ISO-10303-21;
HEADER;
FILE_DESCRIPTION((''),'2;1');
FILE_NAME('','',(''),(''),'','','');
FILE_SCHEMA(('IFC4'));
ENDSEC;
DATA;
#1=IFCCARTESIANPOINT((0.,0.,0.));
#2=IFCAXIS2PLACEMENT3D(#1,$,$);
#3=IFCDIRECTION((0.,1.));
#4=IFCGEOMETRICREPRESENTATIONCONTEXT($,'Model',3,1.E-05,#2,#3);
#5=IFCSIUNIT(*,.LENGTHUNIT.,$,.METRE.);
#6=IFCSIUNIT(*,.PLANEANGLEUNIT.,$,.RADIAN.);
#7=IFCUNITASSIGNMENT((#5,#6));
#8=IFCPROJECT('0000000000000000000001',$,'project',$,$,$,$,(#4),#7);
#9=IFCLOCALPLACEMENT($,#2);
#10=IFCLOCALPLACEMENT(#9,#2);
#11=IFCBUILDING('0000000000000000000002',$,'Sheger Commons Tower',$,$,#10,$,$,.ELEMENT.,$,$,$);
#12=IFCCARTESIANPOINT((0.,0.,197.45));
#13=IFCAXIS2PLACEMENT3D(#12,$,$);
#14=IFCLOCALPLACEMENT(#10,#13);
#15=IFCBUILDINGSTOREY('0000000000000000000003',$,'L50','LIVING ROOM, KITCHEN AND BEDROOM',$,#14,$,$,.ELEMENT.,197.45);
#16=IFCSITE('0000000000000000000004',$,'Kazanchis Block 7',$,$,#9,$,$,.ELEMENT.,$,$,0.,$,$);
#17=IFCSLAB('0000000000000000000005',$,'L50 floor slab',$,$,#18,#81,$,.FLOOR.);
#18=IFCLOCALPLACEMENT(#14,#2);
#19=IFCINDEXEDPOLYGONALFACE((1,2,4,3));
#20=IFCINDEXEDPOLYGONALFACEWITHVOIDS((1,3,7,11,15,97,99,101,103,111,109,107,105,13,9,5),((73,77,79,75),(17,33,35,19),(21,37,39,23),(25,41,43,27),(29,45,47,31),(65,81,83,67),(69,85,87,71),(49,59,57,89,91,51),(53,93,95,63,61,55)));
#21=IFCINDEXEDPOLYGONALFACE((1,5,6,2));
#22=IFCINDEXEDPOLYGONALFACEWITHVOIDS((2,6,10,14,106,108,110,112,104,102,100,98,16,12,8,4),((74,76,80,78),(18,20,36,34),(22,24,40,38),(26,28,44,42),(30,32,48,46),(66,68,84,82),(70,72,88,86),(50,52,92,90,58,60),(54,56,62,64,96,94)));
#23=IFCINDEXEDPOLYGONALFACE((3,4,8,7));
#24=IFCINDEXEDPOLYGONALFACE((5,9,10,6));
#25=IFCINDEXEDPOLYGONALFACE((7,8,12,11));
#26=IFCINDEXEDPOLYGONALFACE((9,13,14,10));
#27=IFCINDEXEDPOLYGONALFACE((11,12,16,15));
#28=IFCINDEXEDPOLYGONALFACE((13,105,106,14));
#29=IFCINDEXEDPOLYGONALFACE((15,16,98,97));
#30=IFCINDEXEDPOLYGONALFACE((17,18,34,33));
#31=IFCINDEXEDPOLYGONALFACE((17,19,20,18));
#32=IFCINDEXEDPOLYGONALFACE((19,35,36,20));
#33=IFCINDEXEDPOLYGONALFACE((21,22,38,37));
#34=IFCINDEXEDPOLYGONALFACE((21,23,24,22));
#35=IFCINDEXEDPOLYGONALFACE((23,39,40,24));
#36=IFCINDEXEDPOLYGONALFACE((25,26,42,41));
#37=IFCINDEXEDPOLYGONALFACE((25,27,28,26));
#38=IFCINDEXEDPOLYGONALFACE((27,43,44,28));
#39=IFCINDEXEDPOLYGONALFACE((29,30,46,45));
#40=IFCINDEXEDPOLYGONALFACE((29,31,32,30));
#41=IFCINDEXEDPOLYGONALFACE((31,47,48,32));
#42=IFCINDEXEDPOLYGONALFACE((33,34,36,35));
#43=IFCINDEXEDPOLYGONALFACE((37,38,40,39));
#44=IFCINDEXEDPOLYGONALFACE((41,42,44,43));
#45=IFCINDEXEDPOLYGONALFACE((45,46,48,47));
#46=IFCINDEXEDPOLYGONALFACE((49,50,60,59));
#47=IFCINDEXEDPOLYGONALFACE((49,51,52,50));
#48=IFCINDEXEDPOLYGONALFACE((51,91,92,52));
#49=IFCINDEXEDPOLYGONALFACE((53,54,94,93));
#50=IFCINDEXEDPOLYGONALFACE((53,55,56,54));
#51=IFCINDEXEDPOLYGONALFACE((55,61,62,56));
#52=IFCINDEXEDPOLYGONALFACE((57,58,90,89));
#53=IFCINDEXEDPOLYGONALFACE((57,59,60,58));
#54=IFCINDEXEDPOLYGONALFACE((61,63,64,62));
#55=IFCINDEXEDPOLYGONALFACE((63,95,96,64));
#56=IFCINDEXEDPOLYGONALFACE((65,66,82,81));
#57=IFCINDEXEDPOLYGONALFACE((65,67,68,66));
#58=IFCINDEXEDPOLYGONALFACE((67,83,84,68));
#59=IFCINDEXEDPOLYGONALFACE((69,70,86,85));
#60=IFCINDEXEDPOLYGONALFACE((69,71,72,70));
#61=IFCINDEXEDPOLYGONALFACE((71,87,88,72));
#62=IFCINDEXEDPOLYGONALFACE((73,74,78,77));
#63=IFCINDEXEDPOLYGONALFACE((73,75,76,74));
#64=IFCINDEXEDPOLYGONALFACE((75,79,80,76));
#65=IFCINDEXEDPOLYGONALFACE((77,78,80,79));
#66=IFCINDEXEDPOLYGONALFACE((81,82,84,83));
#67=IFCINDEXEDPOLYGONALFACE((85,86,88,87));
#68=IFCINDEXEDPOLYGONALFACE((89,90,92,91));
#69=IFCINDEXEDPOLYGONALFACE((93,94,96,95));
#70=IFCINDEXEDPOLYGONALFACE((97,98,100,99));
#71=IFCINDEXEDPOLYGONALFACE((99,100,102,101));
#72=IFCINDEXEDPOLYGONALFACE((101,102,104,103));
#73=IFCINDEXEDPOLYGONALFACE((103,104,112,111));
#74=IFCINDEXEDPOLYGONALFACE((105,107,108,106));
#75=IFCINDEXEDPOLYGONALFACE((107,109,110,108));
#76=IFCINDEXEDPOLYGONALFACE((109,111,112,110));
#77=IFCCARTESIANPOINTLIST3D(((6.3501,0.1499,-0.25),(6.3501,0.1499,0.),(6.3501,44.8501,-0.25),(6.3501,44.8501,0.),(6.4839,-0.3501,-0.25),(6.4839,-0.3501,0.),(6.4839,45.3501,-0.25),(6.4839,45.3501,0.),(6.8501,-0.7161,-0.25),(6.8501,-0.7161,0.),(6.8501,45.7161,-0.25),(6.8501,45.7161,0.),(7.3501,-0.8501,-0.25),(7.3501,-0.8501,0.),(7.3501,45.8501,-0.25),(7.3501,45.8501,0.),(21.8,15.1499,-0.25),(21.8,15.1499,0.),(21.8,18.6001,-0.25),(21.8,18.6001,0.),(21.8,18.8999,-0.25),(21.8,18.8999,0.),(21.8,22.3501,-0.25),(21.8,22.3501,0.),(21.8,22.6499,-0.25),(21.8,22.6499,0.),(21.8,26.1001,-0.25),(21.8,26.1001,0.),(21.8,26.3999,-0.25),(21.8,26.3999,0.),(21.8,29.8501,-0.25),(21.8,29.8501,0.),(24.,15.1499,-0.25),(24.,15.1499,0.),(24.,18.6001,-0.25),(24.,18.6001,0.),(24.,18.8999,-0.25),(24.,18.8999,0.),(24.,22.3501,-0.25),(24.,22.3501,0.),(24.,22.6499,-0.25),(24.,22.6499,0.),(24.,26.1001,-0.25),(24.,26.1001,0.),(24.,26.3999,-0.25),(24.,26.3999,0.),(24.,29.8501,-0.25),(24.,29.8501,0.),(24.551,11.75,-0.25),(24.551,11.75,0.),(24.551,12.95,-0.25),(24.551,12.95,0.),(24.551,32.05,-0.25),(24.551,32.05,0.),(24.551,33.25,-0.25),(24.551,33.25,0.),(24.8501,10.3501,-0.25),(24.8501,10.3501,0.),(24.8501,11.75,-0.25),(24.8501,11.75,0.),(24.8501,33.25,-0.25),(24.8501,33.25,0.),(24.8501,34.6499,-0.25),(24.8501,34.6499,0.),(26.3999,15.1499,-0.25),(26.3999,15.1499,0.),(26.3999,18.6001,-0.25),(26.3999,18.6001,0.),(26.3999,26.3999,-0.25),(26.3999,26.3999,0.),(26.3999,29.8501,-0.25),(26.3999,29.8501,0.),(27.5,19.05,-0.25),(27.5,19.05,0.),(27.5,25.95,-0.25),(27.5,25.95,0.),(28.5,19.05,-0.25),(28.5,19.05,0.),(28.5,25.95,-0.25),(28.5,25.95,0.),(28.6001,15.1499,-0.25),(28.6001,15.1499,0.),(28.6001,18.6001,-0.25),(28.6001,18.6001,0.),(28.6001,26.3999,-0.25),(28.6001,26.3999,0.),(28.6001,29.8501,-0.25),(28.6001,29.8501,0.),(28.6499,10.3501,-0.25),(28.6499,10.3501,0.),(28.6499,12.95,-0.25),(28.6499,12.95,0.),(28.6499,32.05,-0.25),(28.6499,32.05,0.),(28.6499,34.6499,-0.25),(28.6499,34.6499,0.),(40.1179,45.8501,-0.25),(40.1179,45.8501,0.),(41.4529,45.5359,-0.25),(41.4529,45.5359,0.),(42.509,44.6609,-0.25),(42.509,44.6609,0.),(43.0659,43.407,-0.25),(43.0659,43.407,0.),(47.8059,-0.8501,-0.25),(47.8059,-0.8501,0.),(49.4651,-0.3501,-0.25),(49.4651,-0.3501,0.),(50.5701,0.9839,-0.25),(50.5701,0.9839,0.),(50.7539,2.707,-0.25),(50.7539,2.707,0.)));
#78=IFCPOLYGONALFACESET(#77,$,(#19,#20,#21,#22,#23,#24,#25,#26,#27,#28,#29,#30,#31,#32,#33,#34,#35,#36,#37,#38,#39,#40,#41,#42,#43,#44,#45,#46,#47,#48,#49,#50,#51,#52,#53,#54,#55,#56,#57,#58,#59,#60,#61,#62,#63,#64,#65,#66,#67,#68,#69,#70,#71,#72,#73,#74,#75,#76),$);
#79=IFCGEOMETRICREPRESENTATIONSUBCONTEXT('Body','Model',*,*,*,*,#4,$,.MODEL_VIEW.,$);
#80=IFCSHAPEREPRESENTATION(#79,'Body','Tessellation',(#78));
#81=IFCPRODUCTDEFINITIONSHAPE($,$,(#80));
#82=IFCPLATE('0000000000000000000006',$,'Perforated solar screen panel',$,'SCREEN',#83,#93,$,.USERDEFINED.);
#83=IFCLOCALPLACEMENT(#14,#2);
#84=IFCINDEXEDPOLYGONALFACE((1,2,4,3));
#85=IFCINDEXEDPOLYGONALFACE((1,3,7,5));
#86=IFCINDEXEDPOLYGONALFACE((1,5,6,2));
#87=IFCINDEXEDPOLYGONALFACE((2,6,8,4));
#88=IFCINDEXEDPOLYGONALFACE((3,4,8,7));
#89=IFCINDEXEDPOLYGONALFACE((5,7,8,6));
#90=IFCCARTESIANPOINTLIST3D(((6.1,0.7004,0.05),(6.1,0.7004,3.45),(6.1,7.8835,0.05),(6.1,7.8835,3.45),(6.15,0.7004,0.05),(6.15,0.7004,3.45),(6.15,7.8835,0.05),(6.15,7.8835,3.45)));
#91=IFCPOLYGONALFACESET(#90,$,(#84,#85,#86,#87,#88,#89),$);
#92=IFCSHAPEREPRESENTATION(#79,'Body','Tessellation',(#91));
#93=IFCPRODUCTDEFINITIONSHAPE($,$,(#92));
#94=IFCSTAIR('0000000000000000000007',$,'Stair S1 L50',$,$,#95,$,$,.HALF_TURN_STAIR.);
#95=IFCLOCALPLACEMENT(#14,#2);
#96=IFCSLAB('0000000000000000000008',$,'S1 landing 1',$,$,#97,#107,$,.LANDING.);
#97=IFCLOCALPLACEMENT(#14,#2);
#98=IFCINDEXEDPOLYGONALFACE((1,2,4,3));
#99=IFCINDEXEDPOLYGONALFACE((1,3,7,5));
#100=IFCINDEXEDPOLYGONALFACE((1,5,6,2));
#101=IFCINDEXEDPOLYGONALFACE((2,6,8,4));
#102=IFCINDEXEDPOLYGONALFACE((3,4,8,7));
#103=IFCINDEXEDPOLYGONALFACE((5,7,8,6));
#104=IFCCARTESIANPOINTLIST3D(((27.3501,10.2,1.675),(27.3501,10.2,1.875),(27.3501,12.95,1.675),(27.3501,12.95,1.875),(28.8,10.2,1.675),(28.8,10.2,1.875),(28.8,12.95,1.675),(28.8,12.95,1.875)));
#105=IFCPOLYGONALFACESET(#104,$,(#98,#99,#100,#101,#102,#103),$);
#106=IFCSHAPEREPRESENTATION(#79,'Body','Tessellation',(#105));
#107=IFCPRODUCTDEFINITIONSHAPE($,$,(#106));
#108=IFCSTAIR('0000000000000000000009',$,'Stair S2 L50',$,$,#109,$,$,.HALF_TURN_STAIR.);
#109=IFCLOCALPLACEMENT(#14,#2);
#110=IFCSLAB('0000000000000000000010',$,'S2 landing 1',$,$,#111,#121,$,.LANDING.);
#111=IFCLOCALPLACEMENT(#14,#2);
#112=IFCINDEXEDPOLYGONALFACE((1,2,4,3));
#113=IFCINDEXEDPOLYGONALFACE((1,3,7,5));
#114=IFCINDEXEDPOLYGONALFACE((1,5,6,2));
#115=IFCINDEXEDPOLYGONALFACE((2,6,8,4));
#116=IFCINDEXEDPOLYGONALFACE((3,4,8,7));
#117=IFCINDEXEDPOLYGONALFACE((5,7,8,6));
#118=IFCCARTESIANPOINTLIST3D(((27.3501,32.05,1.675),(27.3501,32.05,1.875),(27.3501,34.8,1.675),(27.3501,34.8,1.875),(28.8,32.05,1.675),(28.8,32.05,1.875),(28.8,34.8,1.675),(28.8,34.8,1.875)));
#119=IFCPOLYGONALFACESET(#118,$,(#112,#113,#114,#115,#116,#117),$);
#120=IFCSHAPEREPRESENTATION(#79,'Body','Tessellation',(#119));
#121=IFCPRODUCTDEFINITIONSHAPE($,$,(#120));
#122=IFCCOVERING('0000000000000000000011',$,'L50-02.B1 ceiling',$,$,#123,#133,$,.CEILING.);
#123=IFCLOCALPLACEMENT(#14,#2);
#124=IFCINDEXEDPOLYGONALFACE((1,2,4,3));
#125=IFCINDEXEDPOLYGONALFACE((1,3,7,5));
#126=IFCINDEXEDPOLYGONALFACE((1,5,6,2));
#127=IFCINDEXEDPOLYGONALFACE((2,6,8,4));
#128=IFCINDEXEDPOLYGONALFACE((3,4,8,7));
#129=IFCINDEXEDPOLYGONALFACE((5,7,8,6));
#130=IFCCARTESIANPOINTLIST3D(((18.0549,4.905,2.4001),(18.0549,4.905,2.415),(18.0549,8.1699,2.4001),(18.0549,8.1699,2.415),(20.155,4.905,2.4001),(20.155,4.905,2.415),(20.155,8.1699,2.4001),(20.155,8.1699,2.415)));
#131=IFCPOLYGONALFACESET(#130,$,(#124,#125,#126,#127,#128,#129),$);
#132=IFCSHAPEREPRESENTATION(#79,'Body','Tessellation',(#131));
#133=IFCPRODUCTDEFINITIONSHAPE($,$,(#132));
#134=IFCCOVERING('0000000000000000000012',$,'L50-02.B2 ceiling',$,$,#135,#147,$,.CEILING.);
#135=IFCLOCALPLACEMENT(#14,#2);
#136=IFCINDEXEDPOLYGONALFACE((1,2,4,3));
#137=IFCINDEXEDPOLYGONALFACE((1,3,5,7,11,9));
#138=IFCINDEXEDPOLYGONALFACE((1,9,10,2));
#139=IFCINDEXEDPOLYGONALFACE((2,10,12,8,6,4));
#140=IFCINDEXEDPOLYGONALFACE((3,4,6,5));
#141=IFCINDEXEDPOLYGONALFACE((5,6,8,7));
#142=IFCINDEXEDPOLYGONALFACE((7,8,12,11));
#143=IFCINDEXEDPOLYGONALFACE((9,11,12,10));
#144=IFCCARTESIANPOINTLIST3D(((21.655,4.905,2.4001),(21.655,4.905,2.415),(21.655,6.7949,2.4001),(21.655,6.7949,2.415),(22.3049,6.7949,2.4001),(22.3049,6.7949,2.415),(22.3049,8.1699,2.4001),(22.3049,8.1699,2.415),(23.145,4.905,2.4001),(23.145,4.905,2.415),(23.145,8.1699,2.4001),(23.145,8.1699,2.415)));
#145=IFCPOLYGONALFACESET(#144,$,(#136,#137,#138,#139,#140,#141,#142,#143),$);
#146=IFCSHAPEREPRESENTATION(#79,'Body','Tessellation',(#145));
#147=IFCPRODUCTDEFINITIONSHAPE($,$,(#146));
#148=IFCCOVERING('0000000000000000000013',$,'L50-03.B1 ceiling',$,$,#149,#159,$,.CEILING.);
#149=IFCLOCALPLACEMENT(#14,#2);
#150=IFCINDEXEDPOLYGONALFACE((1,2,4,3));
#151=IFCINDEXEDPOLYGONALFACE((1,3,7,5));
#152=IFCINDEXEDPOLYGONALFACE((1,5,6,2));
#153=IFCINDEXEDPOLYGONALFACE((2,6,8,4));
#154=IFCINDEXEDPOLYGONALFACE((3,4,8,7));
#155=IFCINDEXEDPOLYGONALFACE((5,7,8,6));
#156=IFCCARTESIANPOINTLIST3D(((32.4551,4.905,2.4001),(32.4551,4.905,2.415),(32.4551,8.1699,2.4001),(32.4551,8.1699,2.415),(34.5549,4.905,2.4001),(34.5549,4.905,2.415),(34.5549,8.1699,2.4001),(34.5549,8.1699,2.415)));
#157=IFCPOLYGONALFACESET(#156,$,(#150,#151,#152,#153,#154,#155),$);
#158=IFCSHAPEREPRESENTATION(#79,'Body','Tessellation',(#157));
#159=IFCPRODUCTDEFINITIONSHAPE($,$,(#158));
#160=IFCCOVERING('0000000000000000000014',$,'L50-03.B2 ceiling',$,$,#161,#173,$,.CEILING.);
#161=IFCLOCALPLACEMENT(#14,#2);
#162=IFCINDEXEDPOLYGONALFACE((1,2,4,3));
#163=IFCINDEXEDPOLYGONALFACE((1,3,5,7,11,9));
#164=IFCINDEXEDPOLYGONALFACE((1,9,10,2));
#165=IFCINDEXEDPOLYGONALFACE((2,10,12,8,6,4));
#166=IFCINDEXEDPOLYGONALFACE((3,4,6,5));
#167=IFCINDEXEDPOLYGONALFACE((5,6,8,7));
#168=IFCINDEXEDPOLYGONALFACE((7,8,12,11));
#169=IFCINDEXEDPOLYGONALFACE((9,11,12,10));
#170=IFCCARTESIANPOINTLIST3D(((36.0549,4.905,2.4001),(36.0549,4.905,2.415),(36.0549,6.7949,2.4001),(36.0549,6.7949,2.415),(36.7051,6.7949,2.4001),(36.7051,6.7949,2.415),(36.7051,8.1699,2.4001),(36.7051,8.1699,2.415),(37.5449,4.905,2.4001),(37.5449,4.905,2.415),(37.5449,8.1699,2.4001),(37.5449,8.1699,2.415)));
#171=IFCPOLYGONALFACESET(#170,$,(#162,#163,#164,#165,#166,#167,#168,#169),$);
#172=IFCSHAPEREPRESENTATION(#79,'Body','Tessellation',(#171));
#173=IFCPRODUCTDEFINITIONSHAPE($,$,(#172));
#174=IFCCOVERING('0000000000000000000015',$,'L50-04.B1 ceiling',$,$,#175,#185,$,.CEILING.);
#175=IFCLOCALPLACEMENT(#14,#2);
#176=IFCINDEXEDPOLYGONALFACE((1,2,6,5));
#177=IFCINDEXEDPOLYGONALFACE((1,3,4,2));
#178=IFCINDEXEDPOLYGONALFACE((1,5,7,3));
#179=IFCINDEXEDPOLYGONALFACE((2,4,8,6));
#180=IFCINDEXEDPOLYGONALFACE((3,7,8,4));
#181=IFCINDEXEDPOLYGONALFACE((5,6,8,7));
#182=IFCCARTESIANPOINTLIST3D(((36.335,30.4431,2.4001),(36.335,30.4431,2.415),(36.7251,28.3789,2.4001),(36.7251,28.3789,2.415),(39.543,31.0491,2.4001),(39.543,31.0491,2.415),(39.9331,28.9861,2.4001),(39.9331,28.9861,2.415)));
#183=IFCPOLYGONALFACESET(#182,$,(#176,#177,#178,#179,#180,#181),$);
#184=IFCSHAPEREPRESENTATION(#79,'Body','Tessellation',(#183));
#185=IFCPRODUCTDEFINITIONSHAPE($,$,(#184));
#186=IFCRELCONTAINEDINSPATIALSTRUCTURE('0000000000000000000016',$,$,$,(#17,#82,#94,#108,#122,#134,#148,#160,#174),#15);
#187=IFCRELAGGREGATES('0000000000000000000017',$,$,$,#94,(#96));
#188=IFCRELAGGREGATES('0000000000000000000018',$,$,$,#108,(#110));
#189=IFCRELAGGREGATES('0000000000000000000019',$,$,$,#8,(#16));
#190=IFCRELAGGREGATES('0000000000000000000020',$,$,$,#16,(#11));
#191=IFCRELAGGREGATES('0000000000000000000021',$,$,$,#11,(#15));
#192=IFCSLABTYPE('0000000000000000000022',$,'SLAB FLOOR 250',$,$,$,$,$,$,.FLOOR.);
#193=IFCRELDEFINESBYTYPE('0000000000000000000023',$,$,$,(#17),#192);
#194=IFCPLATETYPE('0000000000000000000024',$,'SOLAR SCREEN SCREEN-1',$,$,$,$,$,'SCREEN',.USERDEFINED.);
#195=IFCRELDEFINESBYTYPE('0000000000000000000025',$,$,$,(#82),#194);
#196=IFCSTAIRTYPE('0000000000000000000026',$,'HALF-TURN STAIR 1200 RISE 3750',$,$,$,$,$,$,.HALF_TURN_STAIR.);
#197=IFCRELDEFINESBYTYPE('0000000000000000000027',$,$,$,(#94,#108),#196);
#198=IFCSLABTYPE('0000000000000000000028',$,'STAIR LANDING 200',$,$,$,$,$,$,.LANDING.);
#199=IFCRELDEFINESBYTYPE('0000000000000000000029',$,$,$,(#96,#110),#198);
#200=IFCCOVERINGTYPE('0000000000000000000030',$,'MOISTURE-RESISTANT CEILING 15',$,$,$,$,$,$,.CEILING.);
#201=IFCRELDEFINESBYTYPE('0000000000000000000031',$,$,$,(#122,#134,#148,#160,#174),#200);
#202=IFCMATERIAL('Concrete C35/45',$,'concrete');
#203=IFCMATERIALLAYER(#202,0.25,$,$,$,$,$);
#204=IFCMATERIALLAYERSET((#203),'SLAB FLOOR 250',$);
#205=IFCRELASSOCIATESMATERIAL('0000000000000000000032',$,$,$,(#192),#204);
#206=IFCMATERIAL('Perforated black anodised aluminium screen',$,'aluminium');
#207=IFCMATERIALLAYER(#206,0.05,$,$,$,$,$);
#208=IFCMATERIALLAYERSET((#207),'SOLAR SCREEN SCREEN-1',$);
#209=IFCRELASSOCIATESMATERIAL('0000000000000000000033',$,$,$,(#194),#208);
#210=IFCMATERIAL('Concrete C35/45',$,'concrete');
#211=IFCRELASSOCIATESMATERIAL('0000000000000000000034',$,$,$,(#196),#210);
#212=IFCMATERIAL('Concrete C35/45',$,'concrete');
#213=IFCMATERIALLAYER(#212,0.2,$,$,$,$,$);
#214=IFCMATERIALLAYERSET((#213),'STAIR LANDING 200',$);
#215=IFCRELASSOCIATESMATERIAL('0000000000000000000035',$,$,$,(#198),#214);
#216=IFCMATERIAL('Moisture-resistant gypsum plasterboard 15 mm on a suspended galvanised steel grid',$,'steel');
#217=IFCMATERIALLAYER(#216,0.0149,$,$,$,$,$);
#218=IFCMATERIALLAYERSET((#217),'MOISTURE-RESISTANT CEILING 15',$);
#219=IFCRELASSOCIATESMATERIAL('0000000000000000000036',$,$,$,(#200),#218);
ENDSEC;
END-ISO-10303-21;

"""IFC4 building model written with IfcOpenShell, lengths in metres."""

from ifc_helpers import new_model, si_unit, direction, frame, origin, origin_2d, place, context, subcontext, project, spatial, polyline, rectangle, outline, extrude, material, layer, layer_set, type_object, element, aggregate, save


model = new_model("IFC4")

# Units and contexts
model_context = context("Model", 3, precision=1e-05, world=origin(), true_north=direction((0.0, 1.0)))
body_context = subcontext(model_context, "Body", "Model", "MODEL_VIEW")
ifc_project = project(units=[si_unit("LENGTHUNIT", "METRE"), si_unit("PLANEANGLEUNIT", "RADIAN")], contexts=[model_context])

# Site, building, storey
site_placement = place(None, origin())
site = spatial("IfcSite", under=ifc_project, at=site_placement, Name="Kazanchis Block 7", CompositionType="ELEMENT", RefElevation=0.0)
building_placement = place(site_placement, origin())
building = spatial("IfcBuilding", under=site, at=building_placement, Name="Sheger Commons Tower", CompositionType="ELEMENT")
storey_placement = place(building_placement, frame((0.0, 0.0, 197.45)))
storey = spatial("IfcBuildingStorey", under=building, at=storey_placement, Name="L50", Description="LIVING ROOM, KITCHEN AND BEDROOM", CompositionType="ELEMENT", Elevation=197.45)

# Slab
ifc_material_1 = material(Name="Concrete C35/45", Category="concrete")
ifc_layer_1 = layer(ifc_material_1, 0.25)
ifc_layer_set_1 = layer_set([ifc_layer_1], Name="SLAB FLOOR 250")
slab_type_1 = type_object("IfcSlabType", Name="SLAB FLOOR 250", PredefinedType="FLOOR", material=ifc_layer_set_1)
slab_1_placement = place(storey_placement, frame((0.0, 0.0, -0.25)))
element("IfcSlab", 1, at=slab_1_placement, inside=storey, type_object=slab_type_1, Name="L50 floor slab", PredefinedType="FLOOR", context=body_context, shape_type="SweptSolid", body=[
    extrude(outline(polyline([(6.3501, 0.1499), (6.4839, -0.3501), (6.8501, -0.7161), (7.3501, -0.8501), (47.8059, -0.8501), (49.4651, -0.3501), (50.5701, 0.9839), (50.7539, 2.707), (43.0659, 43.407), (42.509, 44.6609), (41.4529, 45.5359), (40.1179, 45.8501), (7.3501, 45.8501), (6.8501, 45.7161), (6.4839, 45.3501), (6.3501, 44.8501), (6.3501, 0.1499)]), holes=[polyline([(24.8501, 10.3501), (28.6499, 10.3501), (28.6499, 12.95), (24.551, 12.95), (24.551, 11.75), (24.8501, 11.75), (24.8501, 10.3501)]), polyline([(24.551, 32.05), (28.6499, 32.05), (28.6499, 34.6499), (24.8501, 34.6499), (24.8501, 33.25), (24.551, 33.25), (24.551, 32.05)]), polyline([(26.3999, 15.1499), (28.6001, 15.1499), (28.6001, 18.6001), (26.3999, 18.6001), (26.3999, 15.1499)]), polyline([(26.3999, 26.3999), (28.6001, 26.3999), (28.6001, 29.8501), (26.3999, 29.8501), (26.3999, 26.3999)]), polyline([(21.8, 15.1499), (24.0, 15.1499), (24.0, 18.6001), (21.8, 18.6001), (21.8, 15.1499)]), polyline([(21.8, 18.8999), (24.0, 18.8999), (24.0, 22.3501), (21.8, 22.3501), (21.8, 18.8999)]), polyline([(21.8, 22.6499), (24.0, 22.6499), (24.0, 26.1001), (21.8, 26.1001), (21.8, 22.6499)]), polyline([(21.8, 26.3999), (24.0, 26.3999), (24.0, 29.8501), (21.8, 29.8501), (21.8, 26.3999)]), polyline([(27.5, 19.05), (28.5, 19.05), (28.5, 25.95), (27.5, 25.95), (27.5, 19.05)])]), origin(), (0.0, 0.0, 1.0), 0.25),
])

# Plate
ifc_material_2 = material(Name="Perforated black anodised aluminium screen", Category="aluminium")
ifc_layer_2 = layer(ifc_material_2, 0.05)
ifc_layer_set_2 = layer_set([ifc_layer_2], Name="SOLAR SCREEN SCREEN-1")
plate_type = type_object("IfcPlateType", Name="SOLAR SCREEN SCREEN-1", ElementType="SCREEN", PredefinedType="USERDEFINED", material=ifc_layer_set_2)
plate_placement = place(storey_placement, frame((6.125, 4.292, 0.05), z_axis=(0.0, 0.0, 1.0), x_axis=(0.0, -1.0, 0.0)))
element("IfcPlate", 2, at=plate_placement, inside=storey, type_object=plate_type, Name="Perforated solar screen panel", ObjectType="SCREEN", PredefinedType="USERDEFINED", context=body_context, shape_type="SweptSolid", body=[
    extrude(rectangle(XDim=7.1831, YDim=0.05, at=origin_2d()), origin(), (0.0, 0.0, 1.0), 3.3999),
])

# Stairs, slabs
ifc_material_3 = material(Name="Concrete C35/45", Category="concrete")
stair_type = type_object("IfcStairType", Name="HALF-TURN STAIR 1200 RISE 3750", PredefinedType="HALF_TURN_STAIR", material=ifc_material_3)
stair_1_placement = place(storey_placement, origin())
stair_1 = element("IfcStair", 3, at=stair_1_placement, inside=storey, type_object=stair_type, Name="Stair S1 L50", PredefinedType="HALF_TURN_STAIR")
ifc_material_4 = material(Name="Concrete C35/45", Category="concrete")
ifc_layer_3 = layer(ifc_material_4, 0.2)
ifc_layer_set_3 = layer_set([ifc_layer_3], Name="STAIR LANDING 200")
slab_type_2 = type_object("IfcSlabType", Name="STAIR LANDING 200", PredefinedType="LANDING", material=ifc_layer_set_3)
slab_2_placement = place(storey_placement, frame((0.0, 0.0, 1.675)))
slab_2 = element("IfcSlab", 4, at=slab_2_placement, type_object=slab_type_2, Name="S1 landing 1", PredefinedType="LANDING", context=body_context, shape_type="SweptSolid", body=[
    extrude(outline(polyline([(27.3501, 10.2), (28.8, 10.2), (28.8, 12.95), (27.3501, 12.95), (27.3501, 10.2)])), origin(), (0.0, 0.0, 1.0), 0.2),
])
aggregate(stair_1, [slab_2])
stair_2_placement = place(storey_placement, origin())
stair_2 = element("IfcStair", 5, at=stair_2_placement, inside=storey, type_object=stair_type, Name="Stair S2 L50", PredefinedType="HALF_TURN_STAIR")
slab_3_placement = place(storey_placement, frame((0.0, 0.0, 1.675)))
slab_3 = element("IfcSlab", 6, at=slab_3_placement, type_object=slab_type_2, Name="S2 landing 1", PredefinedType="LANDING", context=body_context, shape_type="SweptSolid", body=[
    extrude(outline(polyline([(27.3501, 32.05), (28.8, 32.05), (28.8, 34.8), (27.3501, 34.8), (27.3501, 32.05)])), origin(), (0.0, 0.0, 1.0), 0.2),
])
aggregate(stair_2, [slab_3])

# Coverings
ifc_material_5 = material(Name="Moisture-resistant gypsum plasterboard 15 mm on a suspended galvanised steel grid", Category="steel")
ifc_layer_4 = layer(ifc_material_5, 0.0149)
ifc_layer_set_4 = layer_set([ifc_layer_4], Name="MOISTURE-RESISTANT CEILING 15")
covering_type_1 = type_object("IfcCoveringType", Name="MOISTURE-RESISTANT CEILING 15", PredefinedType="CEILING", material=ifc_layer_set_4)
covering_1_placement = place(storey_placement, frame((0.0, 0.0, 2.4001)))
element("IfcCovering", 7, at=covering_1_placement, inside=storey, type_object=covering_type_1, Name="L50-02.B1 ceiling", PredefinedType="CEILING", context=body_context, shape_type="SweptSolid", body=[
    extrude(outline(polyline([(18.0549, 4.905), (20.155, 4.905), (20.155, 8.1699), (18.0549, 8.1699), (18.0549, 4.905)])), origin(), (0.0, 0.0, 1.0), 0.0149),
])
covering_2_placement = place(storey_placement, frame((0.0, 0.0, 2.4001)))
element("IfcCovering", 8, at=covering_2_placement, inside=storey, type_object=covering_type_1, Name="L50-02.B2 ceiling", PredefinedType="CEILING", context=body_context, shape_type="SweptSolid", body=[
    extrude(outline(polyline([(21.655, 4.905), (23.145, 4.905), (23.145, 8.1699), (22.3049, 8.1699), (22.3049, 6.7949), (21.655, 6.7949), (21.655, 4.905)])), origin(), (0.0, 0.0, 1.0), 0.0149),
])
covering_3_placement = place(storey_placement, frame((0.0, 0.0, 2.4001)))
element("IfcCovering", 9, at=covering_3_placement, inside=storey, type_object=covering_type_1, Name="L50-03.B1 ceiling", PredefinedType="CEILING", context=body_context, shape_type="SweptSolid", body=[
    extrude(outline(polyline([(32.4551, 4.905), (34.5549, 4.905), (34.5549, 8.1699), (32.4551, 8.1699), (32.4551, 4.905)])), origin(), (0.0, 0.0, 1.0), 0.0149),
])
covering_4_placement = place(storey_placement, frame((0.0, 0.0, 2.4001)))
element("IfcCovering", 10, at=covering_4_placement, inside=storey, type_object=covering_type_1, Name="L50-03.B2 ceiling", PredefinedType="CEILING", context=body_context, shape_type="SweptSolid", body=[
    extrude(outline(polyline([(36.0549, 4.905), (37.5449, 4.905), (37.5449, 8.1699), (36.7051, 8.1699), (36.7051, 6.7949), (36.0549, 6.7949), (36.0549, 4.905)])), origin(), (0.0, 0.0, 1.0), 0.0149),
])
covering_5_placement = place(storey_placement, frame((0.0, 0.0, 2.4001)))
element("IfcCovering", 11, at=covering_5_placement, inside=storey, type_object=covering_type_1, Name="L50-04.B1 ceiling", PredefinedType="CEILING", context=body_context, shape_type="SweptSolid", body=[
    extrude(outline(polyline([(36.7251, 28.3789), (39.9331, 28.9861), (39.543, 31.0491), (36.335, 30.4431), (36.7251, 28.3789)])), origin(), (0.0, 0.0, 1.0), 0.0149),
])

save(model, "model.ifc")
